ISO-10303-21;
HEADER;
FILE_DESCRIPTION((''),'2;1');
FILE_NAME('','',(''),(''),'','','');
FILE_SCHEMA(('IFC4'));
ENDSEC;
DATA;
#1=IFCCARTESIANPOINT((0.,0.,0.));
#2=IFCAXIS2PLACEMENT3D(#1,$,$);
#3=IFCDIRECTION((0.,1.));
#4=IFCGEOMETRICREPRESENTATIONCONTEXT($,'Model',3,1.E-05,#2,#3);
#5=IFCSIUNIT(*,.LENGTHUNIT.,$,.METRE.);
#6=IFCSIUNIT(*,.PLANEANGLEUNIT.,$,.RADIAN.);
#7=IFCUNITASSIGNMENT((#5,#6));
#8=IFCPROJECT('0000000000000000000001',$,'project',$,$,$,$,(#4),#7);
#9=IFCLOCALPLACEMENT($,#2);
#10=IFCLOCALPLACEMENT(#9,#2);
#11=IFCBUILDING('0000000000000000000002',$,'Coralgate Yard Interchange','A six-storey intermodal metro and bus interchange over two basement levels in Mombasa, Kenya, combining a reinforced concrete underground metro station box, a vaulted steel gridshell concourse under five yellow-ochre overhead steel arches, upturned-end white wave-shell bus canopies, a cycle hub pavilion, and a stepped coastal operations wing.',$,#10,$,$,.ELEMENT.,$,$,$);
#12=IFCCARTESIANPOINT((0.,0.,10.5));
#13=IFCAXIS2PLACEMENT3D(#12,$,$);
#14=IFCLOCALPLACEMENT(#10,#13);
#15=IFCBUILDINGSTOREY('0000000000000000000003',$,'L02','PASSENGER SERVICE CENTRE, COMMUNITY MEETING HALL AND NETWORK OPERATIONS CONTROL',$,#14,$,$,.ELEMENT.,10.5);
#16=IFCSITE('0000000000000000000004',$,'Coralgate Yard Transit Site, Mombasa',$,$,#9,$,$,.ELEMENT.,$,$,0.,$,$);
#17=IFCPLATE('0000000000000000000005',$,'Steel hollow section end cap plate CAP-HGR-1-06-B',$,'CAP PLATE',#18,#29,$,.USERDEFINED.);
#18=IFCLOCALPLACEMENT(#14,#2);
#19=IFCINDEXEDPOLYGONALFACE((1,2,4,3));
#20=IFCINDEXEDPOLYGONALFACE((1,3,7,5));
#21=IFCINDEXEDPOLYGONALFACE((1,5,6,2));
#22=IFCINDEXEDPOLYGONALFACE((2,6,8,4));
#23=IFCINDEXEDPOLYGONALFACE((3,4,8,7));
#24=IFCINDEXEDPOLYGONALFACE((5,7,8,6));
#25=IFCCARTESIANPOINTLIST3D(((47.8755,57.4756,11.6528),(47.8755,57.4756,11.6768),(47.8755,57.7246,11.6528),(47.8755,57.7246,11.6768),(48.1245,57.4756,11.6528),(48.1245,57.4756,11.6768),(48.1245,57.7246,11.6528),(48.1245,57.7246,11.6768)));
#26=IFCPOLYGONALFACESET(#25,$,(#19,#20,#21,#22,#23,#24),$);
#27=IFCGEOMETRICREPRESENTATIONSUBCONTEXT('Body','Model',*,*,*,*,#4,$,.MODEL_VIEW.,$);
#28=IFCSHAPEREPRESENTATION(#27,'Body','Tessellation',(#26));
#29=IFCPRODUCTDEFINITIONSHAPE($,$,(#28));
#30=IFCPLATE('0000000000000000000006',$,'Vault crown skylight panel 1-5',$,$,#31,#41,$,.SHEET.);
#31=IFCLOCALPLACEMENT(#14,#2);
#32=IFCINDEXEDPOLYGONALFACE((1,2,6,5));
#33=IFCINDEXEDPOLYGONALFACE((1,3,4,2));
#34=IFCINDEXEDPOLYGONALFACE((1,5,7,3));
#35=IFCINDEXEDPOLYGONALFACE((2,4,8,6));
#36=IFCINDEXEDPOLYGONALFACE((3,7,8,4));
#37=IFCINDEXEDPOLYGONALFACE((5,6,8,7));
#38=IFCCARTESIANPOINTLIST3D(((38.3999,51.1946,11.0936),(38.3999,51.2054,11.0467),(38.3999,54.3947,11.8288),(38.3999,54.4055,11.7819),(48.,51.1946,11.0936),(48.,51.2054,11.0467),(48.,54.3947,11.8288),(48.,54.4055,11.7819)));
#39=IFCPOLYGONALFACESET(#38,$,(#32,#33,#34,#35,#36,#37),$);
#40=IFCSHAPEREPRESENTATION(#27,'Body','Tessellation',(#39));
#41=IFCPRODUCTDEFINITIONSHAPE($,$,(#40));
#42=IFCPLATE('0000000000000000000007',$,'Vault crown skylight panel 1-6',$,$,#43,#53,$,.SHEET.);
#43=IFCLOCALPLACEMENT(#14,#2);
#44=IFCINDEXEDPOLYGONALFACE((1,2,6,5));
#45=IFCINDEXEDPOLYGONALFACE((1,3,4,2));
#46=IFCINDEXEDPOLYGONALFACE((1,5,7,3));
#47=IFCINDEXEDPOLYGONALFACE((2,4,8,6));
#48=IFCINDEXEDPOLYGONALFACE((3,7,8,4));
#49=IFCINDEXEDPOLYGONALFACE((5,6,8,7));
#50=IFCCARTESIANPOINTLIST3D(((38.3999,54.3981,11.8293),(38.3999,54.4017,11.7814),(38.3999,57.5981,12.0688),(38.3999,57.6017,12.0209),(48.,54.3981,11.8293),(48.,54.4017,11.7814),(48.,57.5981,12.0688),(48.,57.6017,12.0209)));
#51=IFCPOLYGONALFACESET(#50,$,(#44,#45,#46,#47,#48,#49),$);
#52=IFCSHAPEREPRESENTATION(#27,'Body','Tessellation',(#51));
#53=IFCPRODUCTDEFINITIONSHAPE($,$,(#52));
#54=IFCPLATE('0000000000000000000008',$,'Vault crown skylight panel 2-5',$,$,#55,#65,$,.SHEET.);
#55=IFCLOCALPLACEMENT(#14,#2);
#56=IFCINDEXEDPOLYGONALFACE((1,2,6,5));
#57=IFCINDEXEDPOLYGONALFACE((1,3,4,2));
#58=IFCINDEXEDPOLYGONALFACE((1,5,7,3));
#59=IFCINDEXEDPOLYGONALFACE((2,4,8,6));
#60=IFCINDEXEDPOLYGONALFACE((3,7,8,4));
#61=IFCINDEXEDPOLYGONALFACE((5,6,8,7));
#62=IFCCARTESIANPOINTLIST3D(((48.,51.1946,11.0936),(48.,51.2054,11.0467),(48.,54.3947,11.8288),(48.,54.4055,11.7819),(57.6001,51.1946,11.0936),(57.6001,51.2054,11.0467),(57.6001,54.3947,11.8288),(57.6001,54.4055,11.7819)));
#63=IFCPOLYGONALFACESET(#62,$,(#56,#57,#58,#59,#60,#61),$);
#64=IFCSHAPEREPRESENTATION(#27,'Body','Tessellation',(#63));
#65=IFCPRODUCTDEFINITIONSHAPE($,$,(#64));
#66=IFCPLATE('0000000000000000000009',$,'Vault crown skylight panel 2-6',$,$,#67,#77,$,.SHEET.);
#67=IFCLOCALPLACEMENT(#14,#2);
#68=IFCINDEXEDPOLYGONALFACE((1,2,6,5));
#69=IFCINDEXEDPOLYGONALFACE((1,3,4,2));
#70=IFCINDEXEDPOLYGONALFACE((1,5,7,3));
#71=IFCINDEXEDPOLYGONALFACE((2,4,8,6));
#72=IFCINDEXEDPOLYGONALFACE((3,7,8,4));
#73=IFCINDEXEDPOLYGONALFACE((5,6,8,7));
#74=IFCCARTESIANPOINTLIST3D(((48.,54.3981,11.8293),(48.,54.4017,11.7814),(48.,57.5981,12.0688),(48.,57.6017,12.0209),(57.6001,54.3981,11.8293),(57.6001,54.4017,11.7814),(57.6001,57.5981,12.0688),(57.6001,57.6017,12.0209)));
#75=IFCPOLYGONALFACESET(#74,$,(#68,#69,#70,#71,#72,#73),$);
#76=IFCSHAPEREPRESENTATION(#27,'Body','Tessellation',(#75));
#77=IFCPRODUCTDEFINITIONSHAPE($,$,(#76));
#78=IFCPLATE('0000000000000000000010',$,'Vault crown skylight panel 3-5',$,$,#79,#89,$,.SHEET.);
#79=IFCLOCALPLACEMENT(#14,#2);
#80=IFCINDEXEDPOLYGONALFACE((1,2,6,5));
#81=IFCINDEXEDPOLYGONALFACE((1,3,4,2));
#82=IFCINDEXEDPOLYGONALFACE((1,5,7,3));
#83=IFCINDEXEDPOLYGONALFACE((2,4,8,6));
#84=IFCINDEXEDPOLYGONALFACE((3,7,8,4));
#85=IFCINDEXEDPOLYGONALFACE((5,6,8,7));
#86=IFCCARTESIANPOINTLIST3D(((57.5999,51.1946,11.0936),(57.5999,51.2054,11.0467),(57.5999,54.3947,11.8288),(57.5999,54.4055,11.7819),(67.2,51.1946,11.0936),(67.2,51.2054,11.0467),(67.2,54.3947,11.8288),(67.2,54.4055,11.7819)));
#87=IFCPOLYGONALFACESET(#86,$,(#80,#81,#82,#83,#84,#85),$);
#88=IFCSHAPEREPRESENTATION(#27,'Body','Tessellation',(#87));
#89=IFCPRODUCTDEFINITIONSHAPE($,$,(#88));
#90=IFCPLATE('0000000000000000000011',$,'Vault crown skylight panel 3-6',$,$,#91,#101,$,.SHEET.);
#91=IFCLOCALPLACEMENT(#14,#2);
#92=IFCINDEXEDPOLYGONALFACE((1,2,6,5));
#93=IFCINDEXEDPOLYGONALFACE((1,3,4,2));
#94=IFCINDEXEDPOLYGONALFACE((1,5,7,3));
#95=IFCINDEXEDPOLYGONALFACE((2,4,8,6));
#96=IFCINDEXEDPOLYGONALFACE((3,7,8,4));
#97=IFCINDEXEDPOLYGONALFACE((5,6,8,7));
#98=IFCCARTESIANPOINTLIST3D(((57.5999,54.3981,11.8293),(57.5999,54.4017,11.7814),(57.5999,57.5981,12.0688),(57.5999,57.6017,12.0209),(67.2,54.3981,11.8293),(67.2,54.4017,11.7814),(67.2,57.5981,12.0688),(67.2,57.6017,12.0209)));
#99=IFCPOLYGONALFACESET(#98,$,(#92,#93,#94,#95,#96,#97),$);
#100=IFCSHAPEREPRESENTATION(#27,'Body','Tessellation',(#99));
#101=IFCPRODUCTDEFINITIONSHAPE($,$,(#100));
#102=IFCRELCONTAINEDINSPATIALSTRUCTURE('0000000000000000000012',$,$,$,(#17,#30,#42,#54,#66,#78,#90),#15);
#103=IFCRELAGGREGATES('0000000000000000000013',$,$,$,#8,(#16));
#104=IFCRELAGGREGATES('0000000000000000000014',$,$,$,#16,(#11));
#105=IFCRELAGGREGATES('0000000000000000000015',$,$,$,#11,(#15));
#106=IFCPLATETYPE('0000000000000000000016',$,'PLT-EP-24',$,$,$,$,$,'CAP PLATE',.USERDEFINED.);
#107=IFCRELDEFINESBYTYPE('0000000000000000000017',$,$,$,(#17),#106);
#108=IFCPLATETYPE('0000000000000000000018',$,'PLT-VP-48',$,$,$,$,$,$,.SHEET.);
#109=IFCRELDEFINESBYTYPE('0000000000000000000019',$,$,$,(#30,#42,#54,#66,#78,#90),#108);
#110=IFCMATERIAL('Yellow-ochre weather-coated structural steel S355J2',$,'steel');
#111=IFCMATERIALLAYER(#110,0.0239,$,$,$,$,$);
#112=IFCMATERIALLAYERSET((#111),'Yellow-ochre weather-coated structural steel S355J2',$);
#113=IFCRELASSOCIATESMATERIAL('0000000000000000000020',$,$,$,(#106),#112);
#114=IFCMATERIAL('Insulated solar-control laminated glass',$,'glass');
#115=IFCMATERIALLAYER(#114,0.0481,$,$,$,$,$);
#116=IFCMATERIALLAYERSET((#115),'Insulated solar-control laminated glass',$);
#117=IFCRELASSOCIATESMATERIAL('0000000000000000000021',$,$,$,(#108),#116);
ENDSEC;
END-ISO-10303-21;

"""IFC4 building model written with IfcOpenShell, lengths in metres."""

from ifc_helpers import new_model, si_unit, direction, frame, origin, origin_2d, place, context, subcontext, project, spatial, rectangle, extrude, material, layer, layer_set, type_object, element, save


model = new_model("IFC4")

# Units and contexts
model_context = context("Model", 3, precision=1e-05, world=origin(), true_north=direction((0.0, 1.0)))
body_context = subcontext(model_context, "Body", "Model", "MODEL_VIEW")
ifc_project = project(units=[si_unit("LENGTHUNIT", "METRE"), si_unit("PLANEANGLEUNIT", "RADIAN")], contexts=[model_context])

# Site, building, storey
site_placement = place(None, origin())
site = spatial("IfcSite", under=ifc_project, at=site_placement, Name="Coralgate Yard Transit Site, Mombasa", CompositionType="ELEMENT", RefElevation=0.0)
building_placement = place(site_placement, origin())
building = spatial("IfcBuilding", under=site, at=building_placement, Name="Coralgate Yard Interchange", Description="A six-storey intermodal metro and bus interchange over two basement levels in Mombasa, Kenya, combining a reinforced concrete underground metro station box, a vaulted steel gridshell concourse under five yellow-ochre overhead steel arches, upturned-end white wave-shell bus canopies, a cycle hub pavilion, and a stepped coastal operations wing.", CompositionType="ELEMENT")
storey_placement = place(building_placement, frame((0.0, 0.0, 10.5)))
storey = spatial("IfcBuildingStorey", under=building, at=storey_placement, Name="L02", Description="PASSENGER SERVICE CENTRE, COMMUNITY MEETING HALL AND NETWORK OPERATIONS CONTROL", CompositionType="ELEMENT", Elevation=10.5)

# Shared definitions
ifc_material_1 = material(Name="Yellow-ochre weather-coated structural steel S355J2", Category="steel")

# Plates
ifc_layer_1 = layer(ifc_material_1, 0.0239)
ifc_layer_set_1 = layer_set([ifc_layer_1], Name="Yellow-ochre weather-coated structural steel S355J2")
plate_type_1 = type_object("IfcPlateType", Name="PLT-EP-24", ElementType="CAP PLATE", PredefinedType="USERDEFINED", material=ifc_layer_set_1)
for number, where, z_axis, x_axis, name in (
    (1, (48.0, 57.6001, 11.6768), (0.0, 0.0, -1.0), (1.0, 0.0, 0.0), "Steel hollow section end cap plate CAP-HGR-1-06-B"),
):
    element("IfcPlate", number, at=place(storey_placement, frame(where, z_axis=z_axis, x_axis=x_axis)), inside=storey, type_object=plate_type_1, Name=name, ObjectType="CAP PLATE", PredefinedType="USERDEFINED", context=body_context, shape_type="SweptSolid", body=[
        extrude(rectangle(XDim=0.249, YDim=0.249, at=origin_2d()), origin(), (0.0, 0.0, 1.0), 0.0239),
    ])
ifc_material_2 = material(Name="Insulated solar-control laminated glass", Category="glass")
ifc_layer_2 = layer(ifc_material_2, 0.0481)
ifc_layer_set_2 = layer_set([ifc_layer_2], Name="Insulated solar-control laminated glass")
plate_type_2 = type_object("IfcPlateType", Name="PLT-VP-48", PredefinedType="SHEET", material=ifc_layer_set_2)
plate_1_placement = place(storey_placement, frame((43.2, 52.8054, 11.4143), z_axis=(0.0, -0.223916, 0.974608), x_axis=(1.0, 0.0, 0.0)))
element("IfcPlate", 2, at=plate_1_placement, inside=storey, type_object=plate_type_2, Name="Vault crown skylight panel 1-5", PredefinedType="SHEET", context=body_context, shape_type="SweptSolid", body=[
    extrude(rectangle(XDim=9.6001, YDim=3.2834, at=origin_2d()), origin(), (0.0, 0.0, 1.0), 0.0481),
])
plate_2_placement = place(storey_placement, frame((43.2, 56.0017, 11.9011), z_axis=(0.0, -0.074635, 0.997211), x_axis=(1.0, 0.0, 0.0)))
element("IfcPlate", 3, at=plate_2_placement, inside=storey, type_object=plate_type_2, Name="Vault crown skylight panel 1-6", PredefinedType="SHEET", context=body_context, shape_type="SweptSolid", body=[
    extrude(rectangle(XDim=9.6001, YDim=3.209, at=origin_2d()), origin(), (0.0, 0.0, 1.0), 0.0481),
])
plate_3_placement = place(storey_placement, frame((52.8, 52.8054, 11.4143), z_axis=(0.0, -0.223916, 0.974608), x_axis=(1.0, 0.0, 0.0)))
element("IfcPlate", 4, at=plate_3_placement, inside=storey, type_object=plate_type_2, Name="Vault crown skylight panel 2-5", PredefinedType="SHEET", context=body_context, shape_type="SweptSolid", body=[
    extrude(rectangle(XDim=9.6001, YDim=3.2834, at=origin_2d()), origin(), (0.0, 0.0, 1.0), 0.0481),
])
plate_4_placement = place(storey_placement, frame((52.8, 56.0017, 11.9011), z_axis=(0.0, -0.074635, 0.997211), x_axis=(1.0, 0.0, 0.0)))
element("IfcPlate", 5, at=plate_4_placement, inside=storey, type_object=plate_type_2, Name="Vault crown skylight panel 2-6", PredefinedType="SHEET", context=body_context, shape_type="SweptSolid", body=[
    extrude(rectangle(XDim=9.6001, YDim=3.209, at=origin_2d()), origin(), (0.0, 0.0, 1.0), 0.0481),
])
plate_5_placement = place(storey_placement, frame((62.3999, 52.8054, 11.4143), z_axis=(0.0, -0.223916, 0.974608), x_axis=(1.0, 0.0, 0.0)))
element("IfcPlate", 6, at=plate_5_placement, inside=storey, type_object=plate_type_2, Name="Vault crown skylight panel 3-5", PredefinedType="SHEET", context=body_context, shape_type="SweptSolid", body=[
    extrude(rectangle(XDim=9.6001, YDim=3.2834, at=origin_2d()), origin(), (0.0, 0.0, 1.0), 0.0481),
])
plate_6_placement = place(storey_placement, frame((62.3999, 56.0017, 11.9011), z_axis=(0.0, -0.074635, 0.997211), x_axis=(1.0, 0.0, 0.0)))
element("IfcPlate", 7, at=plate_6_placement, inside=storey, type_object=plate_type_2, Name="Vault crown skylight panel 3-6", PredefinedType="SHEET", context=body_context, shape_type="SweptSolid", body=[
    extrude(rectangle(XDim=9.6001, YDim=3.209, at=origin_2d()), origin(), (0.0, 0.0, 1.0), 0.0481),
])

save(model, "model.ifc")
